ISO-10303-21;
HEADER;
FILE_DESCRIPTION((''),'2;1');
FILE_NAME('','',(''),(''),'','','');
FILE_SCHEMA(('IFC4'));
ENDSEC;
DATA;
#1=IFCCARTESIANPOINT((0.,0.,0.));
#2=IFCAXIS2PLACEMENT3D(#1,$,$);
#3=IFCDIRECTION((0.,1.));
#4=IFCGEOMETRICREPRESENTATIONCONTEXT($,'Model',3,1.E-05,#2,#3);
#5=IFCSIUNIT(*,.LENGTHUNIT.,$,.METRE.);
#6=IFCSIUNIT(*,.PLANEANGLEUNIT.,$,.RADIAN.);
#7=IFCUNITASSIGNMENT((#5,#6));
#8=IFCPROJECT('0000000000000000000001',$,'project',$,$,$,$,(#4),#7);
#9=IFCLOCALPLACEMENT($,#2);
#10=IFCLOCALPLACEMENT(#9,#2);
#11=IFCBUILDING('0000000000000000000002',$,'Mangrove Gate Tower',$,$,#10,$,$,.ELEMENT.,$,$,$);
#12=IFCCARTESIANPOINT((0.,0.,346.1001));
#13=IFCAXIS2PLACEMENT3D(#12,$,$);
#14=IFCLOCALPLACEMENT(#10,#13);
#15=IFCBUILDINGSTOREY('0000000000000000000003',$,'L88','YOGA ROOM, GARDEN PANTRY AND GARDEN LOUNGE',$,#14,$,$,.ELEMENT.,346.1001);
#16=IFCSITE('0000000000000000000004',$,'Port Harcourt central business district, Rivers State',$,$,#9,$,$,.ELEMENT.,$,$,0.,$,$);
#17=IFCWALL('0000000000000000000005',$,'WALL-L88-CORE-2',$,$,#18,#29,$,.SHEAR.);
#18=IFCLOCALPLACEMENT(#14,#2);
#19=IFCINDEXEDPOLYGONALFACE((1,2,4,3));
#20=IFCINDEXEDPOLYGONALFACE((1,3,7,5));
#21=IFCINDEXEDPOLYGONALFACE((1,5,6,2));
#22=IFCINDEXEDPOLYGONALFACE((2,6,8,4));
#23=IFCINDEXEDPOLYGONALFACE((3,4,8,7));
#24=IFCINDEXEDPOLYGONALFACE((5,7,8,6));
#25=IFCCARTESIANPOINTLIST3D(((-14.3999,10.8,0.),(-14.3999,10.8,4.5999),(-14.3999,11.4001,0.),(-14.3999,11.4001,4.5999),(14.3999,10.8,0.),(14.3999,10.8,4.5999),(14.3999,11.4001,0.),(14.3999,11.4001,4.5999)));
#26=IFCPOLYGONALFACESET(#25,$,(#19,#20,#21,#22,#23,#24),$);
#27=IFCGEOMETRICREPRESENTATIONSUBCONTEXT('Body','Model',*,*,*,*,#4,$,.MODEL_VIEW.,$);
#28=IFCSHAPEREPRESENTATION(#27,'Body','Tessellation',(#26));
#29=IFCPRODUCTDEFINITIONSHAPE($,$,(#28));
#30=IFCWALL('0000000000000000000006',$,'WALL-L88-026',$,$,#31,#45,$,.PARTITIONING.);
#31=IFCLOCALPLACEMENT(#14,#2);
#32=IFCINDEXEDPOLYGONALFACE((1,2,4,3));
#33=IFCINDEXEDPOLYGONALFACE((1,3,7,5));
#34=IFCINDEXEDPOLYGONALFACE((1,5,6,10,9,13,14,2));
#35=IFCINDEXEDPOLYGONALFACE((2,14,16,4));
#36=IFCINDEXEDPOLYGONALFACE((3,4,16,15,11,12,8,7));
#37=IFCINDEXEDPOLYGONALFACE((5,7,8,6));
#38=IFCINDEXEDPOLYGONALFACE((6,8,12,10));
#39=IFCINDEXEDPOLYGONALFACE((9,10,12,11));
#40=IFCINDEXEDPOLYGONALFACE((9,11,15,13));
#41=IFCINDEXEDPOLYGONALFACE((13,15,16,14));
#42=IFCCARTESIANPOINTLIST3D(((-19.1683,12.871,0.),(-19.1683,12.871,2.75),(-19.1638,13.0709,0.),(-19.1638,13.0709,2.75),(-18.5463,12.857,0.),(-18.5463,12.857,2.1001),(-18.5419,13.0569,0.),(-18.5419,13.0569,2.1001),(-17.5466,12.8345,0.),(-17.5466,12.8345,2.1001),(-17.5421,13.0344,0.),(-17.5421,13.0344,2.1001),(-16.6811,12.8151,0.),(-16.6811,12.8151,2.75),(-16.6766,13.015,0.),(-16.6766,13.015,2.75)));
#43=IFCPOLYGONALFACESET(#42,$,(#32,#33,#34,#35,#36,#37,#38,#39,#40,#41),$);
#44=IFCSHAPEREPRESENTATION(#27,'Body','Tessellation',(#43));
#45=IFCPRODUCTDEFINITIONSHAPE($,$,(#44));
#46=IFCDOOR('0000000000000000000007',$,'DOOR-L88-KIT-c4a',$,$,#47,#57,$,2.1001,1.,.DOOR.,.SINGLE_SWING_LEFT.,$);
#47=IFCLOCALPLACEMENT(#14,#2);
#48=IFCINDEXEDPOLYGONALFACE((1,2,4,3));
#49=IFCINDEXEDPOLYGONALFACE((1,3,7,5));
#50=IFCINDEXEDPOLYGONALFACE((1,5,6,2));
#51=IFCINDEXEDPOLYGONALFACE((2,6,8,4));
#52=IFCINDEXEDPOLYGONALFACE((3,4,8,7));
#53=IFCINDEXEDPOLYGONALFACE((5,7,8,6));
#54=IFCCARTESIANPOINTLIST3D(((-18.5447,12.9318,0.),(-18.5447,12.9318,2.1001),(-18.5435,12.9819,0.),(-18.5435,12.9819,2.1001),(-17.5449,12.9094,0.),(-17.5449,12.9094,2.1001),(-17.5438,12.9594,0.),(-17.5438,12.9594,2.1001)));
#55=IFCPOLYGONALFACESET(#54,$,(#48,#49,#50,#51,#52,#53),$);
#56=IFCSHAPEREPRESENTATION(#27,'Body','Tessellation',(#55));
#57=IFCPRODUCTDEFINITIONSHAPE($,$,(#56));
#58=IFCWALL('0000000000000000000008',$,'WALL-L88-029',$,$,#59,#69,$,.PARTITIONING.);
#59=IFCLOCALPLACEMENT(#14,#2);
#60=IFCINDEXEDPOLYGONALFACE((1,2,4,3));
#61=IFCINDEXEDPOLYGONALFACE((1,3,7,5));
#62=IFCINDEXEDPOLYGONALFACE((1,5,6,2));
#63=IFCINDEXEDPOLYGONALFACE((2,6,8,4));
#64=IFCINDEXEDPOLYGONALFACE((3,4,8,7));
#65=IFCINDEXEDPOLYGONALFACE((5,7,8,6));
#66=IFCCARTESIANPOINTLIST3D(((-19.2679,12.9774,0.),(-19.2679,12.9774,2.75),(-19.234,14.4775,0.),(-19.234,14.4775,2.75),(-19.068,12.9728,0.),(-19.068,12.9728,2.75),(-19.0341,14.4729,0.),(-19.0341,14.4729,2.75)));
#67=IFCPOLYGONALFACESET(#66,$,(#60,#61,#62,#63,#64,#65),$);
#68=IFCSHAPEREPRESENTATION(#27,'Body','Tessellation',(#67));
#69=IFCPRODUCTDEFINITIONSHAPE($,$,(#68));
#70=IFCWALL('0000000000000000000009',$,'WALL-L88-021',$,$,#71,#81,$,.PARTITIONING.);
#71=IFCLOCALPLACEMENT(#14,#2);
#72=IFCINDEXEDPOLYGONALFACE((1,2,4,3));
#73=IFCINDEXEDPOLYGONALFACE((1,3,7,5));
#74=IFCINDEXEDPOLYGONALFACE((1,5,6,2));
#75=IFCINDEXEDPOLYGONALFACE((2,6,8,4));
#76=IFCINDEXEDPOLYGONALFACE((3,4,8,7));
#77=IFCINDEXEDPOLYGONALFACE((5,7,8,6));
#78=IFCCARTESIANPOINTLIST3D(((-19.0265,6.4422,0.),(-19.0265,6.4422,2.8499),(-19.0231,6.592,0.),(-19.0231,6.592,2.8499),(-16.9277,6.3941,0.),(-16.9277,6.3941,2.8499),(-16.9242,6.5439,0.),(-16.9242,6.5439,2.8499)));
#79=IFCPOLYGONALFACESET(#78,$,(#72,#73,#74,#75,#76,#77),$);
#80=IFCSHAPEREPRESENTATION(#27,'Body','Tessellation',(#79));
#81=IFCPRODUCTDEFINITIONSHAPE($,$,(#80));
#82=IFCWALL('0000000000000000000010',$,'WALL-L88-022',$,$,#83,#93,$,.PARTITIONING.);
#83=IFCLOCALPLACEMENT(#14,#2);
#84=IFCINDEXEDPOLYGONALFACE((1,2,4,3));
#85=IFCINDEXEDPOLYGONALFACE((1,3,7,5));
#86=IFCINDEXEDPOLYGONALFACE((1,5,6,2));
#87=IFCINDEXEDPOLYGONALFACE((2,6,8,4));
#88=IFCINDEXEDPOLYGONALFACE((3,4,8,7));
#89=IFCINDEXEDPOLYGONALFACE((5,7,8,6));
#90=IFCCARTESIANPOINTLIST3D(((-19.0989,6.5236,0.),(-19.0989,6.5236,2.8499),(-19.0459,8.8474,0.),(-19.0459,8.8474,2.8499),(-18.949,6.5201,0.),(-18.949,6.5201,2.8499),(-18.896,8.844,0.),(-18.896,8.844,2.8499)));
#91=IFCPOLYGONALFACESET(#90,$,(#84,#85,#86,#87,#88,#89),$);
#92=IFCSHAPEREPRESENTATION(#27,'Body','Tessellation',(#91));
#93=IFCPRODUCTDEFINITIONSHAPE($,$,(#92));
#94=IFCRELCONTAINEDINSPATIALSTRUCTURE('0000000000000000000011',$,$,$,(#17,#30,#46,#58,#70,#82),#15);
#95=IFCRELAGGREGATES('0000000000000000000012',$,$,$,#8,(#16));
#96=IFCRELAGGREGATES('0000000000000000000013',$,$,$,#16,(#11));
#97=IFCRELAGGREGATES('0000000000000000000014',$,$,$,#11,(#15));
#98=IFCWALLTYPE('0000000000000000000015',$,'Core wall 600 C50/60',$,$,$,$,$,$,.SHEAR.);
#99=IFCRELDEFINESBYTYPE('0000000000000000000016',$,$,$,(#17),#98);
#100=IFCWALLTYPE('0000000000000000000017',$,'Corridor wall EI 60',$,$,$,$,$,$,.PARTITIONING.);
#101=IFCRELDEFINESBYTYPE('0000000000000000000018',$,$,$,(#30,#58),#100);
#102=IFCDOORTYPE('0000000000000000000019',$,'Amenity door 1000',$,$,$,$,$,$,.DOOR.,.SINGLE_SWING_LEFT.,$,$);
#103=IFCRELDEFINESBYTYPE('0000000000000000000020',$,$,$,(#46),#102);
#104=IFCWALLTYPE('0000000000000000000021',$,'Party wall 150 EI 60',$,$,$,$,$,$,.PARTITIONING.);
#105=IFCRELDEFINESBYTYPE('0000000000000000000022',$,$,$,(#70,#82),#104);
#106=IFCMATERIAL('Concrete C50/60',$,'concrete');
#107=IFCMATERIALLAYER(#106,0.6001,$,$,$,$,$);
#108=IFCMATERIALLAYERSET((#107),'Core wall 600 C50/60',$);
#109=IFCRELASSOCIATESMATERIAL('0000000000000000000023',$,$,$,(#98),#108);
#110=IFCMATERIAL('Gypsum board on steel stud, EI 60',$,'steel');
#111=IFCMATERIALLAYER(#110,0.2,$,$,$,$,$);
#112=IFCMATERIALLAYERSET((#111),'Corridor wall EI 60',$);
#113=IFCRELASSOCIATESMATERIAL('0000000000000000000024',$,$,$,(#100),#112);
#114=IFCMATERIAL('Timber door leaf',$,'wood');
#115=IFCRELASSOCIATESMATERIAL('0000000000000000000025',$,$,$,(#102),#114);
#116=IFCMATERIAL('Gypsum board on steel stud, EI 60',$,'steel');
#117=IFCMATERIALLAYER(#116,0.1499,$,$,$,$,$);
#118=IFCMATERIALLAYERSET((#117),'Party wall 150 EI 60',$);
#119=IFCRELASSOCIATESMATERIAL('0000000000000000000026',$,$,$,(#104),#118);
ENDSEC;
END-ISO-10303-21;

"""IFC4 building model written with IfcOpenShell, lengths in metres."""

from ifc_helpers import new_model, si_unit, direction, frame, frame_2d, origin, place, context, subcontext, project, spatial, rectangle, extrude, material, layer, layer_set, type_object, element, fill, save


model = new_model("IFC4")

# Units and contexts
model_context = context("Model", 3, precision=1e-05, world=origin(), true_north=direction((0.0, 1.0)))
body_context = subcontext(model_context, "Body", "Model", "MODEL_VIEW")
ifc_project = project(units=[si_unit("LENGTHUNIT", "METRE"), si_unit("PLANEANGLEUNIT", "RADIAN")], contexts=[model_context])

# Site, building, storey
site_placement = place(None, origin())
site = spatial("IfcSite", under=ifc_project, at=site_placement, Name="Port Harcourt central business district, Rivers State", CompositionType="ELEMENT", RefElevation=0.0)
building_placement = place(site_placement, origin())
building = spatial("IfcBuilding", under=site, at=building_placement, Name="Mangrove Gate Tower", CompositionType="ELEMENT")
storey_placement = place(building_placement, frame((0.0, 0.0, 346.1001)))
storey = spatial("IfcBuildingStorey", under=building, at=storey_placement, Name="L88", Description="YOGA ROOM, GARDEN PANTRY AND GARDEN LOUNGE", CompositionType="ELEMENT", Elevation=346.1001)

# Wall
ifc_material_1 = material(Name="Concrete C50/60", Category="concrete")
ifc_layer_1 = layer(ifc_material_1, 0.6001)
ifc_layer_set_1 = layer_set([ifc_layer_1], Name="Core wall 600 C50/60")
wall_type_1 = type_object("IfcWallType", Name="Core wall 600 C50/60", PredefinedType="SHEAR", material=ifc_layer_set_1)
wall_1_placement = place(storey_placement, frame((-14.3999, 11.1001, 0.0), z_axis=(0.0, 0.0, 1.0), x_axis=(1.0, 0.0, 0.0)))
element("IfcWall", 1, at=wall_1_placement, inside=storey, type_object=wall_type_1, Name="WALL-L88-CORE-2", PredefinedType="SHEAR", context=body_context, shape_type="SweptSolid", body=[
    extrude(rectangle(XDim=28.7998, YDim=0.6001, at=frame_2d((14.3999, 0.0))), origin(), (0.0, 0.0, 1.0), 4.5999),
])

# Wall, opening, door
ifc_material_2 = material(Name="Gypsum board on steel stud, EI 60", Category="steel")
ifc_layer_2 = layer(ifc_material_2, 0.2)
ifc_layer_set_2 = layer_set([ifc_layer_2], Name="Corridor wall EI 60")
wall_type_2 = type_object("IfcWallType", Name="Corridor wall EI 60", PredefinedType="PARTITIONING", material=ifc_layer_set_2)
wall_2_placement = place(storey_placement, frame((-19.166, 12.9709, 0.0), z_axis=(0.0, 0.0, 1.0), x_axis=(0.999747, -0.022474, 0.0)))
wall_2 = element("IfcWall", 2, at=wall_2_placement, inside=storey, type_object=wall_type_2, Name="WALL-L88-026", PredefinedType="PARTITIONING", context=body_context, shape_type="SweptSolid", body=[
    extrude(rectangle(XDim=2.4878, YDim=0.2, at=frame_2d((1.2439, 0.0))), origin(), (0.0, 0.0, 1.0), 2.75),
])
opening_1_placement = place(wall_2_placement, frame((0.6221, 0.0, 0.0)))
opening_1 = element("IfcOpeningElement", 3, at=opening_1_placement, cuts=wall_2, PredefinedType="OPENING", context=body_context, shape_type="SweptSolid", body=[
    extrude(rectangle(XDim=1.0, YDim=2.1001, at=frame_2d((0.5, 1.05))), frame((0.0, 0.1099, 0.0), z_axis=(0.0, -1.0, 0.0), x_axis=(1.0, 0.0, 0.0)), (0.0, 0.0, 1.0), 0.22),
])
ifc_material_3 = material(Name="Timber door leaf", Category="wood")
door_type_1 = type_object("IfcDoorType", Name="Amenity door 1000", OperationType="SINGLE_SWING_LEFT", PredefinedType="DOOR", material=ifc_material_3)
door_1_placement = place(opening_1_placement, origin())
door_1 = element("IfcDoor", 4, at=door_1_placement, inside=storey, type_object=door_type_1, Name="DOOR-L88-KIT-c4a", OperationType="SINGLE_SWING_LEFT", OverallHeight=2.1001, OverallWidth=1.0, PredefinedType="DOOR", context=body_context, shape_type="SweptSolid", body=[
    extrude(rectangle(XDim=1.0, YDim=2.1001, at=frame_2d((0.5, 1.05))), frame((0.0, 0.0249, 0.0), z_axis=(0.0, -1.0, 0.0), x_axis=(1.0, 0.0, 0.0)), (0.0, 0.0, 1.0), 0.05),
])
fill(opening_1, door_1)

# Walls
wall_3_placement = place(storey_placement, frame((-19.168, 12.9751, 0.0), z_axis=(0.0, 0.0, 1.0), x_axis=(0.022618, 0.999744, 0.0)))
element("IfcWall", 5, at=wall_3_placement, inside=storey, type_object=wall_type_2, Name="WALL-L88-029", PredefinedType="PARTITIONING", context=body_context, shape_type="SweptSolid", body=[
    extrude(rectangle(XDim=1.5005, YDim=0.2, at=frame_2d((0.7502, 0.0))), origin(), (0.0, 0.0, 1.0), 2.75),
])
ifc_material_4 = material(Name="Gypsum board on steel stud, EI 60", Category="steel")
ifc_layer_3 = layer(ifc_material_4, 0.1499)
ifc_layer_set_3 = layer_set([ifc_layer_3], Name="Party wall 150 EI 60")
wall_type_3 = type_object("IfcWallType", Name="Party wall 150 EI 60", PredefinedType="PARTITIONING", material=ifc_layer_set_3)
wall_4_placement = place(storey_placement, frame((-19.0249, 6.5171, 0.0), z_axis=(0.0, 0.0, 1.0), x_axis=(0.999738, -0.022909, 0.0)))
element("IfcWall", 6, at=wall_4_placement, inside=storey, type_object=wall_type_3, Name="WALL-L88-021", PredefinedType="PARTITIONING", context=body_context, shape_type="SweptSolid", body=[
    extrude(rectangle(XDim=2.0994, YDim=0.1499, at=frame_2d((1.0498, 0.0))), origin(), (0.0, 0.0, 1.0), 2.8499),
])
wall_5_placement = place(storey_placement, frame((-19.0239, 6.522, 0.0), z_axis=(0.0, 0.0, 1.0), x_axis=(0.022791, 0.99974, 0.0)))
element("IfcWall", 7, at=wall_5_placement, inside=storey, type_object=wall_type_3, Name="WALL-L88-022", PredefinedType="PARTITIONING", context=body_context, shape_type="SweptSolid", body=[
    extrude(rectangle(XDim=2.3245, YDim=0.1499, at=frame_2d((1.1621, 0.0))), origin(), (0.0, 0.0, 1.0), 2.8499),
])

save(model, "model.ifc")
